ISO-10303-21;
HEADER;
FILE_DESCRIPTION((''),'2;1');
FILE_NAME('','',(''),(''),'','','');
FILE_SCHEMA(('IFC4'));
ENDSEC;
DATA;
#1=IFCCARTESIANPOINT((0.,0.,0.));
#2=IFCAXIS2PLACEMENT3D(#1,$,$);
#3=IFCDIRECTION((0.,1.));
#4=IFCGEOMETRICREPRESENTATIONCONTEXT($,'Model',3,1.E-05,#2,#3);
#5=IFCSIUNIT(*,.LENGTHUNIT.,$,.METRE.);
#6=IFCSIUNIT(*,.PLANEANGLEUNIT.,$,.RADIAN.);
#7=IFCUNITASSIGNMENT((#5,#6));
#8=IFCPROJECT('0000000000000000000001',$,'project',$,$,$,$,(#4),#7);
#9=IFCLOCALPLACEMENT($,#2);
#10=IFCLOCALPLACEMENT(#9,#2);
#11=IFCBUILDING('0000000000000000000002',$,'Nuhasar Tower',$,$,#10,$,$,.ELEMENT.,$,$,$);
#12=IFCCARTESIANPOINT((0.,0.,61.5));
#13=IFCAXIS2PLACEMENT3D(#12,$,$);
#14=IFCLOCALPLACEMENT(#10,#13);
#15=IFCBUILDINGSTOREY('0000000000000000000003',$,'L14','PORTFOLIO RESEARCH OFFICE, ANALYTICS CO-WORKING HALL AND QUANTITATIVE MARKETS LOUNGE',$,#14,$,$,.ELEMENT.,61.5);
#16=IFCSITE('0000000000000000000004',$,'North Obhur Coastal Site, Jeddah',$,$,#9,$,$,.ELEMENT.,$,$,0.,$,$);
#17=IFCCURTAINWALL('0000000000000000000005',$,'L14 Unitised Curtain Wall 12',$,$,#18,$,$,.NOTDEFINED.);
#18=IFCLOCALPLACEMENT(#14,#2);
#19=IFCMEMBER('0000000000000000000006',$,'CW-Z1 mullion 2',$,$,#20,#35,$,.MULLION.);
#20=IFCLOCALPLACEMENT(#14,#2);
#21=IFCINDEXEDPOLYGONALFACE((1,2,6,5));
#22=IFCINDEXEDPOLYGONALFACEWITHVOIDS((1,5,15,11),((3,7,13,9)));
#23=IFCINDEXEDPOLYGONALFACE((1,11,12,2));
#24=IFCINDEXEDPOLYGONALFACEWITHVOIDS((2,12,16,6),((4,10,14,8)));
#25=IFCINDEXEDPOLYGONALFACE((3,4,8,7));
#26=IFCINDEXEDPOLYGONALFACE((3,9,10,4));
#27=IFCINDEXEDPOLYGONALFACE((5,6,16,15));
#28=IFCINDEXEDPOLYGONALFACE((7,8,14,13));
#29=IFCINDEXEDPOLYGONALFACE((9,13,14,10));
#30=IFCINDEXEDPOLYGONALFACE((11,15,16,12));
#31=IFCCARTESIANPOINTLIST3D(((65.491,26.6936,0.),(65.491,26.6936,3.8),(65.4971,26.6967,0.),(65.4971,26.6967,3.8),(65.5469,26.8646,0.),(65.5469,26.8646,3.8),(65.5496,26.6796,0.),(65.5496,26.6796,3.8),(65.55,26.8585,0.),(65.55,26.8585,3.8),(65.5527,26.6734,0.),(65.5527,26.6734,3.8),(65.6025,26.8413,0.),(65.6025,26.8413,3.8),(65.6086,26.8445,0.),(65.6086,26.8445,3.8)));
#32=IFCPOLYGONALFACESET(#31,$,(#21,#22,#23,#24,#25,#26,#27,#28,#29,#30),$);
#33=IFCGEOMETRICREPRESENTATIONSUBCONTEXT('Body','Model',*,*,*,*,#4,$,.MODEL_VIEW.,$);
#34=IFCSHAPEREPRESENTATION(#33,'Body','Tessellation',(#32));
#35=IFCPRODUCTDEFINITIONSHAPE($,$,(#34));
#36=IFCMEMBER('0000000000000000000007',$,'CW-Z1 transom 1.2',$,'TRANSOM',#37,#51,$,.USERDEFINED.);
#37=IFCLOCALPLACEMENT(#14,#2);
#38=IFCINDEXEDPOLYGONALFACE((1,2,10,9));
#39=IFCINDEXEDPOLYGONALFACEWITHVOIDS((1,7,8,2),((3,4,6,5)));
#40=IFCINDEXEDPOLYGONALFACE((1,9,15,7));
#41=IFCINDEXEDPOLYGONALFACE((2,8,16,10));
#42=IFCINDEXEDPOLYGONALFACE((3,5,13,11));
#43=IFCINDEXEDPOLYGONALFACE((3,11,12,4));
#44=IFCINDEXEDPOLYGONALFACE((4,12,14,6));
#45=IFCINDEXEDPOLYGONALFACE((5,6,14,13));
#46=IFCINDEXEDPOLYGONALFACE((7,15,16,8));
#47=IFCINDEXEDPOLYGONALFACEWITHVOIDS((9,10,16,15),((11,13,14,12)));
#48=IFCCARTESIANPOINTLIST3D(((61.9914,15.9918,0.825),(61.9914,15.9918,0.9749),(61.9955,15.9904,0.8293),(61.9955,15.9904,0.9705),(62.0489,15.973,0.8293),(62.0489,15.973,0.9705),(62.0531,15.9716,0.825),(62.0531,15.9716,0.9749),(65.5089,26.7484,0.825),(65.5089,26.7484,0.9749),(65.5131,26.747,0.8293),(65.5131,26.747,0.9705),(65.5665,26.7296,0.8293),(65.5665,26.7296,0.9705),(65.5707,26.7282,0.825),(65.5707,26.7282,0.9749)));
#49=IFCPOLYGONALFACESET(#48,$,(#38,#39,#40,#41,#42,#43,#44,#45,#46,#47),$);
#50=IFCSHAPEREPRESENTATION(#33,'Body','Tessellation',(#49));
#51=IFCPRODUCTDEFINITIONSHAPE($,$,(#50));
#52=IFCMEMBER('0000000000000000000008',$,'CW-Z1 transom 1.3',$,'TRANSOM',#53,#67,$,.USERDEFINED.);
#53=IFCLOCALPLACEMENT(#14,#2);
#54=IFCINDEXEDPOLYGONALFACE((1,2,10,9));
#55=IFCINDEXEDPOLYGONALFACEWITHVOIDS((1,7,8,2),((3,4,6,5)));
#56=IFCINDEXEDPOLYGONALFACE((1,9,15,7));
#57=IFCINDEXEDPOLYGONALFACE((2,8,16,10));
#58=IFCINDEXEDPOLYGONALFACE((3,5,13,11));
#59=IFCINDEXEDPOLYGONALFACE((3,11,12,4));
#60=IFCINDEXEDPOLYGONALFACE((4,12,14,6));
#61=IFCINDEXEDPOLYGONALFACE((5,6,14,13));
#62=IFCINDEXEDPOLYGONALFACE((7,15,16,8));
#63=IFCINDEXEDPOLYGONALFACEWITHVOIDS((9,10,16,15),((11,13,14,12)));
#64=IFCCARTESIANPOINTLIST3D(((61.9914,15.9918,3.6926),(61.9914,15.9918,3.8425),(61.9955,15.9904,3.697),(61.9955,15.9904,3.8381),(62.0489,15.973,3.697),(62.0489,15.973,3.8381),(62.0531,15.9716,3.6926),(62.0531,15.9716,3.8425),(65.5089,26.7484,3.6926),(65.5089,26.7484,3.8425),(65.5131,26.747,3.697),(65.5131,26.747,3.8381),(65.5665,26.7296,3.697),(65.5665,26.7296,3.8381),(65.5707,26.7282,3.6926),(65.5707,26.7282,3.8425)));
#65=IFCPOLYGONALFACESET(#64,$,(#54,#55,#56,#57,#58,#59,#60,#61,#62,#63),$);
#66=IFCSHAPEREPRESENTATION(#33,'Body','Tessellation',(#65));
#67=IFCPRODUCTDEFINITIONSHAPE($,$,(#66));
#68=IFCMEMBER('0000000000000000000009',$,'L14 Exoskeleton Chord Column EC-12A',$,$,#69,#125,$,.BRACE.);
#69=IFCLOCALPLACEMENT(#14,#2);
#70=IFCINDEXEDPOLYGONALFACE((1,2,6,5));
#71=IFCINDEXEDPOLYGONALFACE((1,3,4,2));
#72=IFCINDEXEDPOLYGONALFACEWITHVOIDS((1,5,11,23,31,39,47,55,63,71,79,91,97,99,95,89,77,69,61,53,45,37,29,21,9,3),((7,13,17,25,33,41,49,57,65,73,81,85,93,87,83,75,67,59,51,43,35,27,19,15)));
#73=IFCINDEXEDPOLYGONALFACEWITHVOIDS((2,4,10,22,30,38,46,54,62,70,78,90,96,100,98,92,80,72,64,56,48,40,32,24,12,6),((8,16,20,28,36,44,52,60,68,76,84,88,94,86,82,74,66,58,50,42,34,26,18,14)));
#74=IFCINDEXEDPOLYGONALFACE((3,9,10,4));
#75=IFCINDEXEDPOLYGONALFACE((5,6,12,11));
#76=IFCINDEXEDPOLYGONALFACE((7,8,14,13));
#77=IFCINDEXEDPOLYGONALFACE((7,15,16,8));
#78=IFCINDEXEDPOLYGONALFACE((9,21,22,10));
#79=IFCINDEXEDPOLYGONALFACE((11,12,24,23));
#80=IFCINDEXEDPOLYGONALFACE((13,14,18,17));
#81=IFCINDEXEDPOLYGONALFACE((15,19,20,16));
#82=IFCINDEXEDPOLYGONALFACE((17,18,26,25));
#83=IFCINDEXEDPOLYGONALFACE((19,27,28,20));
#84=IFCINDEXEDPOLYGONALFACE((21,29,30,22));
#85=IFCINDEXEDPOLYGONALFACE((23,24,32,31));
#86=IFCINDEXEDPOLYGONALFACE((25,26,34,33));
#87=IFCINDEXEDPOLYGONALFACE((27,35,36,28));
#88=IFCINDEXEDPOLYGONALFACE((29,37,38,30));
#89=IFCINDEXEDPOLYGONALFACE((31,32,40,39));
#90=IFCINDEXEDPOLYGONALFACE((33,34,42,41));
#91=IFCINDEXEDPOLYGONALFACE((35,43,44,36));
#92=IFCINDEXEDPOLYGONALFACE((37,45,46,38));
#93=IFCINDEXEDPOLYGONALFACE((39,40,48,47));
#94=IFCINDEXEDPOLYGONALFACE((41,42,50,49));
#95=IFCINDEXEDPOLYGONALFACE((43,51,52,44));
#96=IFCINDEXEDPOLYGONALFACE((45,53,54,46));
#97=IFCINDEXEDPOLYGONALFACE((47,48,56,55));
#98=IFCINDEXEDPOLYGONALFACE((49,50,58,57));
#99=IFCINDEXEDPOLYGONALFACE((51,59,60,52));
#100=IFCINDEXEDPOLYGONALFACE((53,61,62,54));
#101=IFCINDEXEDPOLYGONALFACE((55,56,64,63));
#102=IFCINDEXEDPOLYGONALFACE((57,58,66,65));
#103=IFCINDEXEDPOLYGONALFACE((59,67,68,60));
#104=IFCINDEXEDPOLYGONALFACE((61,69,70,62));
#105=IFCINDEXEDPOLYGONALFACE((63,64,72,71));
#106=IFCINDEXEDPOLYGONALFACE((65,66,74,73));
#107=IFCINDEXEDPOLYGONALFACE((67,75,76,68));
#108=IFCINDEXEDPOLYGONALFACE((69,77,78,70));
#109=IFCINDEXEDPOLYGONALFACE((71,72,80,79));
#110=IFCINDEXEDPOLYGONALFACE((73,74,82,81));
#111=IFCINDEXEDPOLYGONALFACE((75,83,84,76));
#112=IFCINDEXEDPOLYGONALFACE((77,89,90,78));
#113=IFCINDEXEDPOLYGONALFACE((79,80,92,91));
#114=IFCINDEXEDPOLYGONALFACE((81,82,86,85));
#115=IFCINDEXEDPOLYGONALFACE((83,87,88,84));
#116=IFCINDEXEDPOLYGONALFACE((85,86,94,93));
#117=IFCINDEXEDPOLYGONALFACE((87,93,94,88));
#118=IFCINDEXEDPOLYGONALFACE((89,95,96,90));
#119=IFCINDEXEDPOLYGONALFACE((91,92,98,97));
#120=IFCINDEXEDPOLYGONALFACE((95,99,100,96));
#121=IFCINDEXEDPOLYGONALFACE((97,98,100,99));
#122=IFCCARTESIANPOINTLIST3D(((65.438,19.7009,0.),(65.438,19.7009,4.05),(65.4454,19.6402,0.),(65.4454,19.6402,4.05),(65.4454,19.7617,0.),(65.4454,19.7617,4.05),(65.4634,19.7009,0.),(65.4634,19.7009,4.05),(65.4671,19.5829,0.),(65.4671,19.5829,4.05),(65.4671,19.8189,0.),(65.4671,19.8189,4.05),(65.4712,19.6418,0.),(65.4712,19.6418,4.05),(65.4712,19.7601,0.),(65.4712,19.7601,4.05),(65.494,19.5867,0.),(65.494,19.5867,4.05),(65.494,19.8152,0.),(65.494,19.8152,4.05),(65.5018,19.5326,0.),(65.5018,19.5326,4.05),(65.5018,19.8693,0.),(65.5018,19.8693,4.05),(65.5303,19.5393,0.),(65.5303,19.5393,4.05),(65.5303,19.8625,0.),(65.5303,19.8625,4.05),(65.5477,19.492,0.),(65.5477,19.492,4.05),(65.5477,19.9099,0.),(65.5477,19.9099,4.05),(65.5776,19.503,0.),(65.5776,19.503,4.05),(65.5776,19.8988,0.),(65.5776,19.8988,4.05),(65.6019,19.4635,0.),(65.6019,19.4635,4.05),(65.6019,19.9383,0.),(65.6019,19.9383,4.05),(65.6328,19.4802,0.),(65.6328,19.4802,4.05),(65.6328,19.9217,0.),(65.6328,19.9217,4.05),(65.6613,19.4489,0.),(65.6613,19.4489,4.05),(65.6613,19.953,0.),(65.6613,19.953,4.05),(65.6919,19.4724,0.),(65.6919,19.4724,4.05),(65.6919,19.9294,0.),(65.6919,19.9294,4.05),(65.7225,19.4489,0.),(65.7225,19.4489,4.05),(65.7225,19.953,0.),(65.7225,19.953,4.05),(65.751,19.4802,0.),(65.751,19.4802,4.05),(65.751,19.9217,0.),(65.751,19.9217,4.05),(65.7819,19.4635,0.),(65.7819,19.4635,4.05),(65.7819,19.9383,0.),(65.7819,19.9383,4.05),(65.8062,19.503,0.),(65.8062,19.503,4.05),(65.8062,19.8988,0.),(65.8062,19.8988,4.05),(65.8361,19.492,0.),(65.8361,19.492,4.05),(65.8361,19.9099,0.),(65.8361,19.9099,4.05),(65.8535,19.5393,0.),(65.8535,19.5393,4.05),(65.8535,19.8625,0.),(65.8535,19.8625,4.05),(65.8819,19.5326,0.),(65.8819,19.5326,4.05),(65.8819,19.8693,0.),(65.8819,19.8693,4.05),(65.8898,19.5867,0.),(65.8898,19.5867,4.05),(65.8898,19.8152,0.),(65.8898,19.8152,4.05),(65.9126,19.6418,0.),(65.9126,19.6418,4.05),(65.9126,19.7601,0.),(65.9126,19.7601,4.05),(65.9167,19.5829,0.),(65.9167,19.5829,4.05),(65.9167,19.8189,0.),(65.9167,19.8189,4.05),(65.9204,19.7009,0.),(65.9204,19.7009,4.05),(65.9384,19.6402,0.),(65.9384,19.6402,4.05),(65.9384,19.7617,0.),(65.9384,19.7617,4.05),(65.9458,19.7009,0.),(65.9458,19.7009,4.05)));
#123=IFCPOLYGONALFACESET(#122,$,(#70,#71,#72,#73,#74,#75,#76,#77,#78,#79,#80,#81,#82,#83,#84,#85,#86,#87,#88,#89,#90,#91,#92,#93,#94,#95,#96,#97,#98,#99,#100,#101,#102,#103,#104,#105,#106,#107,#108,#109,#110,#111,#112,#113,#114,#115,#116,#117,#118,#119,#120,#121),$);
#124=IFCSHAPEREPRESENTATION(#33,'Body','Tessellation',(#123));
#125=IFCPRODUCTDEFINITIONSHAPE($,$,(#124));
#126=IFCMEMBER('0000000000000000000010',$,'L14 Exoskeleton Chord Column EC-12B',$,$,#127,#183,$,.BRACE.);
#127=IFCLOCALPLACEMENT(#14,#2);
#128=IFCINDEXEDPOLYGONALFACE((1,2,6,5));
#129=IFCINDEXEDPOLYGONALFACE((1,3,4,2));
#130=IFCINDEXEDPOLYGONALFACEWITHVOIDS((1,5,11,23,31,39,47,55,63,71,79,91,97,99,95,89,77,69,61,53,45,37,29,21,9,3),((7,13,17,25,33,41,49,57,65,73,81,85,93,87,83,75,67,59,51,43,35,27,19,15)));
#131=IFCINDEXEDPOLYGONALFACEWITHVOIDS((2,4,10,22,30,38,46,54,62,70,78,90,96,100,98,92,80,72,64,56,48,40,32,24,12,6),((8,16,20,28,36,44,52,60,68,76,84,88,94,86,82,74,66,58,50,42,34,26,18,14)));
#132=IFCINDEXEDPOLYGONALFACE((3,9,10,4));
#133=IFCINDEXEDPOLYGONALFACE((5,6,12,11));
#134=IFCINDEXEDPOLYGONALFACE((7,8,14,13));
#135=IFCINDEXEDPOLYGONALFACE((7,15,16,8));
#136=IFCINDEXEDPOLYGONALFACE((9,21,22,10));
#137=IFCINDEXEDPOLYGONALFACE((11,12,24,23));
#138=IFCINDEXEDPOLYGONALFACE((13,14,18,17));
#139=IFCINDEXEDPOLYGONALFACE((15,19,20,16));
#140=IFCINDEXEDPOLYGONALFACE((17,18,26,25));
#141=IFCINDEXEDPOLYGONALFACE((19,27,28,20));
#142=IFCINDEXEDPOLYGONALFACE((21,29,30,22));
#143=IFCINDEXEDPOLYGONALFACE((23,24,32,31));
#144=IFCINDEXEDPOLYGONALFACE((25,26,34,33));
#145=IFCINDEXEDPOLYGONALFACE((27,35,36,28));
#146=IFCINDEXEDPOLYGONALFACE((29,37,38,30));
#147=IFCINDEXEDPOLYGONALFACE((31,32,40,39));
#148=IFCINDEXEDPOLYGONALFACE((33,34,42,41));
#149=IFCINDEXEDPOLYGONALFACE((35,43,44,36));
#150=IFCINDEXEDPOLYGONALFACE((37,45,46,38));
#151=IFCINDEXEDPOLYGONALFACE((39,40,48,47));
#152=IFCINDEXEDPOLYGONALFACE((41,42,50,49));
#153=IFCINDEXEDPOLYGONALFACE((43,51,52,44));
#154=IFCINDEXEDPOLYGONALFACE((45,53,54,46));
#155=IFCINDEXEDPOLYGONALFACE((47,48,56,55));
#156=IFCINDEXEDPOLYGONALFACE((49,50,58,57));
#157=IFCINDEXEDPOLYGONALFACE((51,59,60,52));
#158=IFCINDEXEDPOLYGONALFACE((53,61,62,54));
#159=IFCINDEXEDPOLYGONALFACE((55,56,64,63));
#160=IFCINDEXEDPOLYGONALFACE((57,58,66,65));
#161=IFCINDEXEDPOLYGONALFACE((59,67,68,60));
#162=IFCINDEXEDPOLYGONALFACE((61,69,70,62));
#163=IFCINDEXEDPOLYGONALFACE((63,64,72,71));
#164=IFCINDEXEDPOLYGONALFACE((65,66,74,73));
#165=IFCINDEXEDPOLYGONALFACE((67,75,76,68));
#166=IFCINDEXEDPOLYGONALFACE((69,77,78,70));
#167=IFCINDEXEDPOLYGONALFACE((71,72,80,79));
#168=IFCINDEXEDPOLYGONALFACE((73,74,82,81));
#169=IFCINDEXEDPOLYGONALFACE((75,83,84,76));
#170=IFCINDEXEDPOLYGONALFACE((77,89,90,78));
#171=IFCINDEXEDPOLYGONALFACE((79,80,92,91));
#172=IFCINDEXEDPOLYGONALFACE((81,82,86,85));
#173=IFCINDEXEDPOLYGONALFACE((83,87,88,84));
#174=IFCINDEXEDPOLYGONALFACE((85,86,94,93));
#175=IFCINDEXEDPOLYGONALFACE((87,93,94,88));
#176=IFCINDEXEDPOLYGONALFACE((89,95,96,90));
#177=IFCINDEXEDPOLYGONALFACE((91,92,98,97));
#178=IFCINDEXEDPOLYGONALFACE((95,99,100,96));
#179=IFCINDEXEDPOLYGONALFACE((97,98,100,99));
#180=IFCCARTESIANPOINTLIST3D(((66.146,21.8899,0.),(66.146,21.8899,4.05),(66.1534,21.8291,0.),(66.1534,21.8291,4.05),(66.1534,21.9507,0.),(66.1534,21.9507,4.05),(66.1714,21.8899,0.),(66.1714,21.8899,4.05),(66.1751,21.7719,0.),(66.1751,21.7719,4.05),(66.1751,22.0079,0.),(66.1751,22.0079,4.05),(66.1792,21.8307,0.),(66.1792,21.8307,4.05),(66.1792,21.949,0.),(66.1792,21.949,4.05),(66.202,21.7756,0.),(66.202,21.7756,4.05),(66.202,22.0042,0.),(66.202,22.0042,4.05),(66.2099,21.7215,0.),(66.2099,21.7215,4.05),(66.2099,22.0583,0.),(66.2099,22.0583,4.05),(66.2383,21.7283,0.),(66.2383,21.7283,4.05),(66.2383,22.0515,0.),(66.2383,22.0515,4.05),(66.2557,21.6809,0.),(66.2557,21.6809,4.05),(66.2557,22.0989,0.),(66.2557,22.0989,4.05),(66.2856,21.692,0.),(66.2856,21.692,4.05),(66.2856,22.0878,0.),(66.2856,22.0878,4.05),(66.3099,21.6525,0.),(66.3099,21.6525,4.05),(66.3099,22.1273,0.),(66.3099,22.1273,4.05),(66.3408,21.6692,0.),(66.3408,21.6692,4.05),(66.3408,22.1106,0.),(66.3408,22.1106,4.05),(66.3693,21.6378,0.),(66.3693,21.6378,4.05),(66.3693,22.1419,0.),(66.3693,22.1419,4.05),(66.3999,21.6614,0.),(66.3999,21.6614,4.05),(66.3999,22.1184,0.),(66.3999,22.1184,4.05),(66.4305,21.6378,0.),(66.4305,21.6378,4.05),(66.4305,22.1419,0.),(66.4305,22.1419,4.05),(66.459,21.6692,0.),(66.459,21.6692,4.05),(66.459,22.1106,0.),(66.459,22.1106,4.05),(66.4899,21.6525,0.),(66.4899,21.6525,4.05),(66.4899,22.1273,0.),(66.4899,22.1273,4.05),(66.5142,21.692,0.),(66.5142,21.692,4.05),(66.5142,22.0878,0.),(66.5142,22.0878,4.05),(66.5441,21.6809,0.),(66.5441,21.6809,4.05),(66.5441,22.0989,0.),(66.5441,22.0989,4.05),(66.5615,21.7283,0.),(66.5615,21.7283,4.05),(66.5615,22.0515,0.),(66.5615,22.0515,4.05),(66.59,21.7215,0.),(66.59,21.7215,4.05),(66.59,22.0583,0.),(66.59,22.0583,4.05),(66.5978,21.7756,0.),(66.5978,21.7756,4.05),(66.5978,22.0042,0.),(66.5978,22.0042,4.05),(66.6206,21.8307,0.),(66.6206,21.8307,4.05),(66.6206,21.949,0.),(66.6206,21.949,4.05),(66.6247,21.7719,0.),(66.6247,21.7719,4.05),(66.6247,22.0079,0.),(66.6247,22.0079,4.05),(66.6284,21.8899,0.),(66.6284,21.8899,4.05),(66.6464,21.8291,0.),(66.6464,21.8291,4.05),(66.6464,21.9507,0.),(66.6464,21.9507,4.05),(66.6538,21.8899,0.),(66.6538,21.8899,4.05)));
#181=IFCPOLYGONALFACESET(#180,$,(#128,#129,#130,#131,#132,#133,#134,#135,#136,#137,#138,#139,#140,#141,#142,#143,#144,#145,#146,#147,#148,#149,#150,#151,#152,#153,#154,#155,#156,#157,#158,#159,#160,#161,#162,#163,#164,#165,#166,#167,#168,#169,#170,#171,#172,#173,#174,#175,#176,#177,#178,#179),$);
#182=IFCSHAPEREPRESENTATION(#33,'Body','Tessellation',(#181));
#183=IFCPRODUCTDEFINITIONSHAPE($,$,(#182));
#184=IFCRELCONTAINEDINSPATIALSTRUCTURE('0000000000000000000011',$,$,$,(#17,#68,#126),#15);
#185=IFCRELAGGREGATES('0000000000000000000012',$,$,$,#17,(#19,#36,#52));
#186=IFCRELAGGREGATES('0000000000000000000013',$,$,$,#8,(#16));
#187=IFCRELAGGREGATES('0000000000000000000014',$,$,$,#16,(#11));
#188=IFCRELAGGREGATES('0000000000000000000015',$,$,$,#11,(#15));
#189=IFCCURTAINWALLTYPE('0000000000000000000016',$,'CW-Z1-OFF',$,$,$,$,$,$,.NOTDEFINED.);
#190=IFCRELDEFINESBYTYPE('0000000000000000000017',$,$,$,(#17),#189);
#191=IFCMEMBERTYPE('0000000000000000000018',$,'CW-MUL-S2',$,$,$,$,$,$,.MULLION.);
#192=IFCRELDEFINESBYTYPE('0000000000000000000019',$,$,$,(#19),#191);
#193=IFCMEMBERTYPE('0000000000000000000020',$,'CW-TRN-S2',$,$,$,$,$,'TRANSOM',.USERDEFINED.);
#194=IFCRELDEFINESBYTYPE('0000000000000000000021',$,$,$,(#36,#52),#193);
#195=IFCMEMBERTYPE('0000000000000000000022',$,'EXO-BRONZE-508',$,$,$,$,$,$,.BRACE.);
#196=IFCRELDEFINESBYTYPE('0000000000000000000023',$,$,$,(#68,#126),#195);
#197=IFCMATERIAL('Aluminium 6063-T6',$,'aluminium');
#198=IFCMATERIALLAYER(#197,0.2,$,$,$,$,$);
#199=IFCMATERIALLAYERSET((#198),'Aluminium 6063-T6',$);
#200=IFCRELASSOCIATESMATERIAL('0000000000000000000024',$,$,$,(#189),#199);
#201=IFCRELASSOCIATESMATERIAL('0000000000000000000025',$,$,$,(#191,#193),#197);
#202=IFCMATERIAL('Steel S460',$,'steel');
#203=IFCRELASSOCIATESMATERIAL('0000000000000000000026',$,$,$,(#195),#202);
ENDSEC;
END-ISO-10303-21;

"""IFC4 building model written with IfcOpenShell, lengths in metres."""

from ifc_helpers import new_model, si_unit, direction, frame, origin, origin_2d, place, context, subcontext, project, spatial, hollow_rectangle, hollow_circle, extrude, material, layer, layer_set, material_profile, profile_set, type_object, element, aggregate, save


model = new_model("IFC4")

# Units and contexts
model_context = context("Model", 3, precision=1e-05, world=origin(), true_north=direction((0.0, 1.0)))
body_context = subcontext(model_context, "Body", "Model", "MODEL_VIEW")
ifc_project = project(units=[si_unit("LENGTHUNIT", "METRE"), si_unit("PLANEANGLEUNIT", "RADIAN")], contexts=[model_context])

# Site, building, storey
site_placement = place(None, origin())
site = spatial("IfcSite", under=ifc_project, at=site_placement, Name="North Obhur Coastal Site, Jeddah", CompositionType="ELEMENT", RefElevation=0.0)
building_placement = place(site_placement, origin())
building = spatial("IfcBuilding", under=site, at=building_placement, Name="Nuhasar Tower", CompositionType="ELEMENT")
storey_placement = place(building_placement, frame((0.0, 0.0, 61.5)))
storey = spatial("IfcBuildingStorey", under=building, at=storey_placement, Name="L14", Description="PORTFOLIO RESEARCH OFFICE, ANALYTICS CO-WORKING HALL AND QUANTITATIVE MARKETS LOUNGE", CompositionType="ELEMENT", Elevation=61.5)

# Curtain wall, members
ifc_material_1 = material(Name="Aluminium 6063-T6", Category="aluminium")
ifc_layer_1 = layer(ifc_material_1, 0.2)
ifc_layer_set_1 = layer_set([ifc_layer_1], Name="Aluminium 6063-T6")
curtain_wall_type = type_object("IfcCurtainWallType", Name="CW-Z1-OFF", PredefinedType="NOTDEFINED", material=ifc_layer_set_1)
curtain_wall_placement = place(storey_placement, origin())
curtain_wall = element("IfcCurtainWall", 1, at=curtain_wall_placement, inside=storey, type_object=curtain_wall_type, Name="L14 Unitised Curtain Wall 12", PredefinedType="NOTDEFINED")
ifc_material_profile_1 = material_profile(ifc_material_1, hollow_rectangle(XDim=0.0649, YDim=0.1799, WallThickness=0.0049, at=origin_2d()), Name="CWM-2")
ifc_profile_set_1 = profile_set([ifc_material_profile_1], Name="Aluminium 6063-T6")
member_type_1 = type_object("IfcMemberType", Name="CW-MUL-S2", PredefinedType="MULLION", material=ifc_profile_set_1)
member_1_placement = place(storey_placement, frame((65.5498, 26.769, 0.0), z_axis=(0.0, 0.0, 1.0), x_axis=(-0.950468, 0.310824, 0.0)))
member_1 = element("IfcMember", 2, at=member_1_placement, type_object=member_type_1, Name="CW-Z1 mullion 2", PredefinedType="MULLION", context=body_context, shape_type="SweptSolid", body=[
    extrude(hollow_rectangle(XDim=0.0649, YDim=0.1799, WallThickness=0.0049, at=origin_2d()), origin(), (0.0, 0.0, 1.0), 3.8),
])
ifc_material_profile_2 = material_profile(ifc_material_1, hollow_rectangle(XDim=0.0649, YDim=0.1499, WallThickness=0.0044, at=origin_2d()), Name="CWT-2")
ifc_profile_set_2 = profile_set([ifc_material_profile_2], Name="Aluminium 6063-T6")
member_type_2 = type_object("IfcMemberType", Name="CW-TRN-S2", ElementType="TRANSOM", PredefinedType="USERDEFINED", material=ifc_profile_set_2)
member_2_placement = place(storey_placement, frame((62.0222, 15.9817, 0.8999), z_axis=(0.310819, 0.950469, 0.0), x_axis=(-0.950469, 0.310819, 0.0)))
member_2 = element("IfcMember", 3, at=member_2_placement, type_object=member_type_2, Name="CW-Z1 transom 1.2", ObjectType="TRANSOM", PredefinedType="USERDEFINED", context=body_context, shape_type="SweptSolid", body=[
    extrude(hollow_rectangle(XDim=0.0649, YDim=0.1499, WallThickness=0.0044, at=origin_2d()), origin(), (0.0, 0.0, 1.0), 11.3171),
])
member_3_placement = place(storey_placement, frame((62.0222, 15.9817, 3.7676), z_axis=(0.310819, 0.950469, 0.0), x_axis=(-0.950469, 0.310819, 0.0)))
member_3 = element("IfcMember", 4, at=member_3_placement, type_object=member_type_2, Name="CW-Z1 transom 1.3", ObjectType="TRANSOM", PredefinedType="USERDEFINED", context=body_context, shape_type="SweptSolid", body=[
    extrude(hollow_rectangle(XDim=0.0649, YDim=0.1499, WallThickness=0.0044, at=origin_2d()), origin(), (0.0, 0.0, 1.0), 11.3171),
])

# Members
ifc_material_2 = material(Name="Steel S460", Category="steel")
ifc_material_profile_3 = material_profile(ifc_material_2, hollow_circle(Radius=0.2539, WallThickness=0.0254, at=origin_2d()), Name="HSS508X25.4")
ifc_profile_set_3 = profile_set([ifc_material_profile_3], Name="Steel S460")
member_type_3 = type_object("IfcMemberType", Name="EXO-BRONZE-508", PredefinedType="BRACE", material=ifc_profile_set_3)
for number, where, z_axis, x_axis, name in (
    (5, (65.6919, 19.7009, 0.0), (0.0, 0.0, 1.0), (1.0, 0.0, 0.0), "L14 Exoskeleton Chord Column EC-12A"),
    (6, (66.3999, 21.8899, 0.0), (0.0, 0.0, 1.0), (1.0, 0.0, 0.0), "L14 Exoskeleton Chord Column EC-12B"),
):
    element("IfcMember", number, at=place(storey_placement, frame(where, z_axis=z_axis, x_axis=x_axis)), inside=storey, type_object=member_type_3, Name=name, PredefinedType="BRACE", context=body_context, shape_type="SweptSolid", body=[
        extrude(hollow_circle(Radius=0.2539, WallThickness=0.0254, at=origin_2d()), origin(), (0.0, 0.0, 1.0), 4.05),
    ])

aggregate(curtain_wall, [member_1, member_2, member_3])

save(model, "model.ifc")
